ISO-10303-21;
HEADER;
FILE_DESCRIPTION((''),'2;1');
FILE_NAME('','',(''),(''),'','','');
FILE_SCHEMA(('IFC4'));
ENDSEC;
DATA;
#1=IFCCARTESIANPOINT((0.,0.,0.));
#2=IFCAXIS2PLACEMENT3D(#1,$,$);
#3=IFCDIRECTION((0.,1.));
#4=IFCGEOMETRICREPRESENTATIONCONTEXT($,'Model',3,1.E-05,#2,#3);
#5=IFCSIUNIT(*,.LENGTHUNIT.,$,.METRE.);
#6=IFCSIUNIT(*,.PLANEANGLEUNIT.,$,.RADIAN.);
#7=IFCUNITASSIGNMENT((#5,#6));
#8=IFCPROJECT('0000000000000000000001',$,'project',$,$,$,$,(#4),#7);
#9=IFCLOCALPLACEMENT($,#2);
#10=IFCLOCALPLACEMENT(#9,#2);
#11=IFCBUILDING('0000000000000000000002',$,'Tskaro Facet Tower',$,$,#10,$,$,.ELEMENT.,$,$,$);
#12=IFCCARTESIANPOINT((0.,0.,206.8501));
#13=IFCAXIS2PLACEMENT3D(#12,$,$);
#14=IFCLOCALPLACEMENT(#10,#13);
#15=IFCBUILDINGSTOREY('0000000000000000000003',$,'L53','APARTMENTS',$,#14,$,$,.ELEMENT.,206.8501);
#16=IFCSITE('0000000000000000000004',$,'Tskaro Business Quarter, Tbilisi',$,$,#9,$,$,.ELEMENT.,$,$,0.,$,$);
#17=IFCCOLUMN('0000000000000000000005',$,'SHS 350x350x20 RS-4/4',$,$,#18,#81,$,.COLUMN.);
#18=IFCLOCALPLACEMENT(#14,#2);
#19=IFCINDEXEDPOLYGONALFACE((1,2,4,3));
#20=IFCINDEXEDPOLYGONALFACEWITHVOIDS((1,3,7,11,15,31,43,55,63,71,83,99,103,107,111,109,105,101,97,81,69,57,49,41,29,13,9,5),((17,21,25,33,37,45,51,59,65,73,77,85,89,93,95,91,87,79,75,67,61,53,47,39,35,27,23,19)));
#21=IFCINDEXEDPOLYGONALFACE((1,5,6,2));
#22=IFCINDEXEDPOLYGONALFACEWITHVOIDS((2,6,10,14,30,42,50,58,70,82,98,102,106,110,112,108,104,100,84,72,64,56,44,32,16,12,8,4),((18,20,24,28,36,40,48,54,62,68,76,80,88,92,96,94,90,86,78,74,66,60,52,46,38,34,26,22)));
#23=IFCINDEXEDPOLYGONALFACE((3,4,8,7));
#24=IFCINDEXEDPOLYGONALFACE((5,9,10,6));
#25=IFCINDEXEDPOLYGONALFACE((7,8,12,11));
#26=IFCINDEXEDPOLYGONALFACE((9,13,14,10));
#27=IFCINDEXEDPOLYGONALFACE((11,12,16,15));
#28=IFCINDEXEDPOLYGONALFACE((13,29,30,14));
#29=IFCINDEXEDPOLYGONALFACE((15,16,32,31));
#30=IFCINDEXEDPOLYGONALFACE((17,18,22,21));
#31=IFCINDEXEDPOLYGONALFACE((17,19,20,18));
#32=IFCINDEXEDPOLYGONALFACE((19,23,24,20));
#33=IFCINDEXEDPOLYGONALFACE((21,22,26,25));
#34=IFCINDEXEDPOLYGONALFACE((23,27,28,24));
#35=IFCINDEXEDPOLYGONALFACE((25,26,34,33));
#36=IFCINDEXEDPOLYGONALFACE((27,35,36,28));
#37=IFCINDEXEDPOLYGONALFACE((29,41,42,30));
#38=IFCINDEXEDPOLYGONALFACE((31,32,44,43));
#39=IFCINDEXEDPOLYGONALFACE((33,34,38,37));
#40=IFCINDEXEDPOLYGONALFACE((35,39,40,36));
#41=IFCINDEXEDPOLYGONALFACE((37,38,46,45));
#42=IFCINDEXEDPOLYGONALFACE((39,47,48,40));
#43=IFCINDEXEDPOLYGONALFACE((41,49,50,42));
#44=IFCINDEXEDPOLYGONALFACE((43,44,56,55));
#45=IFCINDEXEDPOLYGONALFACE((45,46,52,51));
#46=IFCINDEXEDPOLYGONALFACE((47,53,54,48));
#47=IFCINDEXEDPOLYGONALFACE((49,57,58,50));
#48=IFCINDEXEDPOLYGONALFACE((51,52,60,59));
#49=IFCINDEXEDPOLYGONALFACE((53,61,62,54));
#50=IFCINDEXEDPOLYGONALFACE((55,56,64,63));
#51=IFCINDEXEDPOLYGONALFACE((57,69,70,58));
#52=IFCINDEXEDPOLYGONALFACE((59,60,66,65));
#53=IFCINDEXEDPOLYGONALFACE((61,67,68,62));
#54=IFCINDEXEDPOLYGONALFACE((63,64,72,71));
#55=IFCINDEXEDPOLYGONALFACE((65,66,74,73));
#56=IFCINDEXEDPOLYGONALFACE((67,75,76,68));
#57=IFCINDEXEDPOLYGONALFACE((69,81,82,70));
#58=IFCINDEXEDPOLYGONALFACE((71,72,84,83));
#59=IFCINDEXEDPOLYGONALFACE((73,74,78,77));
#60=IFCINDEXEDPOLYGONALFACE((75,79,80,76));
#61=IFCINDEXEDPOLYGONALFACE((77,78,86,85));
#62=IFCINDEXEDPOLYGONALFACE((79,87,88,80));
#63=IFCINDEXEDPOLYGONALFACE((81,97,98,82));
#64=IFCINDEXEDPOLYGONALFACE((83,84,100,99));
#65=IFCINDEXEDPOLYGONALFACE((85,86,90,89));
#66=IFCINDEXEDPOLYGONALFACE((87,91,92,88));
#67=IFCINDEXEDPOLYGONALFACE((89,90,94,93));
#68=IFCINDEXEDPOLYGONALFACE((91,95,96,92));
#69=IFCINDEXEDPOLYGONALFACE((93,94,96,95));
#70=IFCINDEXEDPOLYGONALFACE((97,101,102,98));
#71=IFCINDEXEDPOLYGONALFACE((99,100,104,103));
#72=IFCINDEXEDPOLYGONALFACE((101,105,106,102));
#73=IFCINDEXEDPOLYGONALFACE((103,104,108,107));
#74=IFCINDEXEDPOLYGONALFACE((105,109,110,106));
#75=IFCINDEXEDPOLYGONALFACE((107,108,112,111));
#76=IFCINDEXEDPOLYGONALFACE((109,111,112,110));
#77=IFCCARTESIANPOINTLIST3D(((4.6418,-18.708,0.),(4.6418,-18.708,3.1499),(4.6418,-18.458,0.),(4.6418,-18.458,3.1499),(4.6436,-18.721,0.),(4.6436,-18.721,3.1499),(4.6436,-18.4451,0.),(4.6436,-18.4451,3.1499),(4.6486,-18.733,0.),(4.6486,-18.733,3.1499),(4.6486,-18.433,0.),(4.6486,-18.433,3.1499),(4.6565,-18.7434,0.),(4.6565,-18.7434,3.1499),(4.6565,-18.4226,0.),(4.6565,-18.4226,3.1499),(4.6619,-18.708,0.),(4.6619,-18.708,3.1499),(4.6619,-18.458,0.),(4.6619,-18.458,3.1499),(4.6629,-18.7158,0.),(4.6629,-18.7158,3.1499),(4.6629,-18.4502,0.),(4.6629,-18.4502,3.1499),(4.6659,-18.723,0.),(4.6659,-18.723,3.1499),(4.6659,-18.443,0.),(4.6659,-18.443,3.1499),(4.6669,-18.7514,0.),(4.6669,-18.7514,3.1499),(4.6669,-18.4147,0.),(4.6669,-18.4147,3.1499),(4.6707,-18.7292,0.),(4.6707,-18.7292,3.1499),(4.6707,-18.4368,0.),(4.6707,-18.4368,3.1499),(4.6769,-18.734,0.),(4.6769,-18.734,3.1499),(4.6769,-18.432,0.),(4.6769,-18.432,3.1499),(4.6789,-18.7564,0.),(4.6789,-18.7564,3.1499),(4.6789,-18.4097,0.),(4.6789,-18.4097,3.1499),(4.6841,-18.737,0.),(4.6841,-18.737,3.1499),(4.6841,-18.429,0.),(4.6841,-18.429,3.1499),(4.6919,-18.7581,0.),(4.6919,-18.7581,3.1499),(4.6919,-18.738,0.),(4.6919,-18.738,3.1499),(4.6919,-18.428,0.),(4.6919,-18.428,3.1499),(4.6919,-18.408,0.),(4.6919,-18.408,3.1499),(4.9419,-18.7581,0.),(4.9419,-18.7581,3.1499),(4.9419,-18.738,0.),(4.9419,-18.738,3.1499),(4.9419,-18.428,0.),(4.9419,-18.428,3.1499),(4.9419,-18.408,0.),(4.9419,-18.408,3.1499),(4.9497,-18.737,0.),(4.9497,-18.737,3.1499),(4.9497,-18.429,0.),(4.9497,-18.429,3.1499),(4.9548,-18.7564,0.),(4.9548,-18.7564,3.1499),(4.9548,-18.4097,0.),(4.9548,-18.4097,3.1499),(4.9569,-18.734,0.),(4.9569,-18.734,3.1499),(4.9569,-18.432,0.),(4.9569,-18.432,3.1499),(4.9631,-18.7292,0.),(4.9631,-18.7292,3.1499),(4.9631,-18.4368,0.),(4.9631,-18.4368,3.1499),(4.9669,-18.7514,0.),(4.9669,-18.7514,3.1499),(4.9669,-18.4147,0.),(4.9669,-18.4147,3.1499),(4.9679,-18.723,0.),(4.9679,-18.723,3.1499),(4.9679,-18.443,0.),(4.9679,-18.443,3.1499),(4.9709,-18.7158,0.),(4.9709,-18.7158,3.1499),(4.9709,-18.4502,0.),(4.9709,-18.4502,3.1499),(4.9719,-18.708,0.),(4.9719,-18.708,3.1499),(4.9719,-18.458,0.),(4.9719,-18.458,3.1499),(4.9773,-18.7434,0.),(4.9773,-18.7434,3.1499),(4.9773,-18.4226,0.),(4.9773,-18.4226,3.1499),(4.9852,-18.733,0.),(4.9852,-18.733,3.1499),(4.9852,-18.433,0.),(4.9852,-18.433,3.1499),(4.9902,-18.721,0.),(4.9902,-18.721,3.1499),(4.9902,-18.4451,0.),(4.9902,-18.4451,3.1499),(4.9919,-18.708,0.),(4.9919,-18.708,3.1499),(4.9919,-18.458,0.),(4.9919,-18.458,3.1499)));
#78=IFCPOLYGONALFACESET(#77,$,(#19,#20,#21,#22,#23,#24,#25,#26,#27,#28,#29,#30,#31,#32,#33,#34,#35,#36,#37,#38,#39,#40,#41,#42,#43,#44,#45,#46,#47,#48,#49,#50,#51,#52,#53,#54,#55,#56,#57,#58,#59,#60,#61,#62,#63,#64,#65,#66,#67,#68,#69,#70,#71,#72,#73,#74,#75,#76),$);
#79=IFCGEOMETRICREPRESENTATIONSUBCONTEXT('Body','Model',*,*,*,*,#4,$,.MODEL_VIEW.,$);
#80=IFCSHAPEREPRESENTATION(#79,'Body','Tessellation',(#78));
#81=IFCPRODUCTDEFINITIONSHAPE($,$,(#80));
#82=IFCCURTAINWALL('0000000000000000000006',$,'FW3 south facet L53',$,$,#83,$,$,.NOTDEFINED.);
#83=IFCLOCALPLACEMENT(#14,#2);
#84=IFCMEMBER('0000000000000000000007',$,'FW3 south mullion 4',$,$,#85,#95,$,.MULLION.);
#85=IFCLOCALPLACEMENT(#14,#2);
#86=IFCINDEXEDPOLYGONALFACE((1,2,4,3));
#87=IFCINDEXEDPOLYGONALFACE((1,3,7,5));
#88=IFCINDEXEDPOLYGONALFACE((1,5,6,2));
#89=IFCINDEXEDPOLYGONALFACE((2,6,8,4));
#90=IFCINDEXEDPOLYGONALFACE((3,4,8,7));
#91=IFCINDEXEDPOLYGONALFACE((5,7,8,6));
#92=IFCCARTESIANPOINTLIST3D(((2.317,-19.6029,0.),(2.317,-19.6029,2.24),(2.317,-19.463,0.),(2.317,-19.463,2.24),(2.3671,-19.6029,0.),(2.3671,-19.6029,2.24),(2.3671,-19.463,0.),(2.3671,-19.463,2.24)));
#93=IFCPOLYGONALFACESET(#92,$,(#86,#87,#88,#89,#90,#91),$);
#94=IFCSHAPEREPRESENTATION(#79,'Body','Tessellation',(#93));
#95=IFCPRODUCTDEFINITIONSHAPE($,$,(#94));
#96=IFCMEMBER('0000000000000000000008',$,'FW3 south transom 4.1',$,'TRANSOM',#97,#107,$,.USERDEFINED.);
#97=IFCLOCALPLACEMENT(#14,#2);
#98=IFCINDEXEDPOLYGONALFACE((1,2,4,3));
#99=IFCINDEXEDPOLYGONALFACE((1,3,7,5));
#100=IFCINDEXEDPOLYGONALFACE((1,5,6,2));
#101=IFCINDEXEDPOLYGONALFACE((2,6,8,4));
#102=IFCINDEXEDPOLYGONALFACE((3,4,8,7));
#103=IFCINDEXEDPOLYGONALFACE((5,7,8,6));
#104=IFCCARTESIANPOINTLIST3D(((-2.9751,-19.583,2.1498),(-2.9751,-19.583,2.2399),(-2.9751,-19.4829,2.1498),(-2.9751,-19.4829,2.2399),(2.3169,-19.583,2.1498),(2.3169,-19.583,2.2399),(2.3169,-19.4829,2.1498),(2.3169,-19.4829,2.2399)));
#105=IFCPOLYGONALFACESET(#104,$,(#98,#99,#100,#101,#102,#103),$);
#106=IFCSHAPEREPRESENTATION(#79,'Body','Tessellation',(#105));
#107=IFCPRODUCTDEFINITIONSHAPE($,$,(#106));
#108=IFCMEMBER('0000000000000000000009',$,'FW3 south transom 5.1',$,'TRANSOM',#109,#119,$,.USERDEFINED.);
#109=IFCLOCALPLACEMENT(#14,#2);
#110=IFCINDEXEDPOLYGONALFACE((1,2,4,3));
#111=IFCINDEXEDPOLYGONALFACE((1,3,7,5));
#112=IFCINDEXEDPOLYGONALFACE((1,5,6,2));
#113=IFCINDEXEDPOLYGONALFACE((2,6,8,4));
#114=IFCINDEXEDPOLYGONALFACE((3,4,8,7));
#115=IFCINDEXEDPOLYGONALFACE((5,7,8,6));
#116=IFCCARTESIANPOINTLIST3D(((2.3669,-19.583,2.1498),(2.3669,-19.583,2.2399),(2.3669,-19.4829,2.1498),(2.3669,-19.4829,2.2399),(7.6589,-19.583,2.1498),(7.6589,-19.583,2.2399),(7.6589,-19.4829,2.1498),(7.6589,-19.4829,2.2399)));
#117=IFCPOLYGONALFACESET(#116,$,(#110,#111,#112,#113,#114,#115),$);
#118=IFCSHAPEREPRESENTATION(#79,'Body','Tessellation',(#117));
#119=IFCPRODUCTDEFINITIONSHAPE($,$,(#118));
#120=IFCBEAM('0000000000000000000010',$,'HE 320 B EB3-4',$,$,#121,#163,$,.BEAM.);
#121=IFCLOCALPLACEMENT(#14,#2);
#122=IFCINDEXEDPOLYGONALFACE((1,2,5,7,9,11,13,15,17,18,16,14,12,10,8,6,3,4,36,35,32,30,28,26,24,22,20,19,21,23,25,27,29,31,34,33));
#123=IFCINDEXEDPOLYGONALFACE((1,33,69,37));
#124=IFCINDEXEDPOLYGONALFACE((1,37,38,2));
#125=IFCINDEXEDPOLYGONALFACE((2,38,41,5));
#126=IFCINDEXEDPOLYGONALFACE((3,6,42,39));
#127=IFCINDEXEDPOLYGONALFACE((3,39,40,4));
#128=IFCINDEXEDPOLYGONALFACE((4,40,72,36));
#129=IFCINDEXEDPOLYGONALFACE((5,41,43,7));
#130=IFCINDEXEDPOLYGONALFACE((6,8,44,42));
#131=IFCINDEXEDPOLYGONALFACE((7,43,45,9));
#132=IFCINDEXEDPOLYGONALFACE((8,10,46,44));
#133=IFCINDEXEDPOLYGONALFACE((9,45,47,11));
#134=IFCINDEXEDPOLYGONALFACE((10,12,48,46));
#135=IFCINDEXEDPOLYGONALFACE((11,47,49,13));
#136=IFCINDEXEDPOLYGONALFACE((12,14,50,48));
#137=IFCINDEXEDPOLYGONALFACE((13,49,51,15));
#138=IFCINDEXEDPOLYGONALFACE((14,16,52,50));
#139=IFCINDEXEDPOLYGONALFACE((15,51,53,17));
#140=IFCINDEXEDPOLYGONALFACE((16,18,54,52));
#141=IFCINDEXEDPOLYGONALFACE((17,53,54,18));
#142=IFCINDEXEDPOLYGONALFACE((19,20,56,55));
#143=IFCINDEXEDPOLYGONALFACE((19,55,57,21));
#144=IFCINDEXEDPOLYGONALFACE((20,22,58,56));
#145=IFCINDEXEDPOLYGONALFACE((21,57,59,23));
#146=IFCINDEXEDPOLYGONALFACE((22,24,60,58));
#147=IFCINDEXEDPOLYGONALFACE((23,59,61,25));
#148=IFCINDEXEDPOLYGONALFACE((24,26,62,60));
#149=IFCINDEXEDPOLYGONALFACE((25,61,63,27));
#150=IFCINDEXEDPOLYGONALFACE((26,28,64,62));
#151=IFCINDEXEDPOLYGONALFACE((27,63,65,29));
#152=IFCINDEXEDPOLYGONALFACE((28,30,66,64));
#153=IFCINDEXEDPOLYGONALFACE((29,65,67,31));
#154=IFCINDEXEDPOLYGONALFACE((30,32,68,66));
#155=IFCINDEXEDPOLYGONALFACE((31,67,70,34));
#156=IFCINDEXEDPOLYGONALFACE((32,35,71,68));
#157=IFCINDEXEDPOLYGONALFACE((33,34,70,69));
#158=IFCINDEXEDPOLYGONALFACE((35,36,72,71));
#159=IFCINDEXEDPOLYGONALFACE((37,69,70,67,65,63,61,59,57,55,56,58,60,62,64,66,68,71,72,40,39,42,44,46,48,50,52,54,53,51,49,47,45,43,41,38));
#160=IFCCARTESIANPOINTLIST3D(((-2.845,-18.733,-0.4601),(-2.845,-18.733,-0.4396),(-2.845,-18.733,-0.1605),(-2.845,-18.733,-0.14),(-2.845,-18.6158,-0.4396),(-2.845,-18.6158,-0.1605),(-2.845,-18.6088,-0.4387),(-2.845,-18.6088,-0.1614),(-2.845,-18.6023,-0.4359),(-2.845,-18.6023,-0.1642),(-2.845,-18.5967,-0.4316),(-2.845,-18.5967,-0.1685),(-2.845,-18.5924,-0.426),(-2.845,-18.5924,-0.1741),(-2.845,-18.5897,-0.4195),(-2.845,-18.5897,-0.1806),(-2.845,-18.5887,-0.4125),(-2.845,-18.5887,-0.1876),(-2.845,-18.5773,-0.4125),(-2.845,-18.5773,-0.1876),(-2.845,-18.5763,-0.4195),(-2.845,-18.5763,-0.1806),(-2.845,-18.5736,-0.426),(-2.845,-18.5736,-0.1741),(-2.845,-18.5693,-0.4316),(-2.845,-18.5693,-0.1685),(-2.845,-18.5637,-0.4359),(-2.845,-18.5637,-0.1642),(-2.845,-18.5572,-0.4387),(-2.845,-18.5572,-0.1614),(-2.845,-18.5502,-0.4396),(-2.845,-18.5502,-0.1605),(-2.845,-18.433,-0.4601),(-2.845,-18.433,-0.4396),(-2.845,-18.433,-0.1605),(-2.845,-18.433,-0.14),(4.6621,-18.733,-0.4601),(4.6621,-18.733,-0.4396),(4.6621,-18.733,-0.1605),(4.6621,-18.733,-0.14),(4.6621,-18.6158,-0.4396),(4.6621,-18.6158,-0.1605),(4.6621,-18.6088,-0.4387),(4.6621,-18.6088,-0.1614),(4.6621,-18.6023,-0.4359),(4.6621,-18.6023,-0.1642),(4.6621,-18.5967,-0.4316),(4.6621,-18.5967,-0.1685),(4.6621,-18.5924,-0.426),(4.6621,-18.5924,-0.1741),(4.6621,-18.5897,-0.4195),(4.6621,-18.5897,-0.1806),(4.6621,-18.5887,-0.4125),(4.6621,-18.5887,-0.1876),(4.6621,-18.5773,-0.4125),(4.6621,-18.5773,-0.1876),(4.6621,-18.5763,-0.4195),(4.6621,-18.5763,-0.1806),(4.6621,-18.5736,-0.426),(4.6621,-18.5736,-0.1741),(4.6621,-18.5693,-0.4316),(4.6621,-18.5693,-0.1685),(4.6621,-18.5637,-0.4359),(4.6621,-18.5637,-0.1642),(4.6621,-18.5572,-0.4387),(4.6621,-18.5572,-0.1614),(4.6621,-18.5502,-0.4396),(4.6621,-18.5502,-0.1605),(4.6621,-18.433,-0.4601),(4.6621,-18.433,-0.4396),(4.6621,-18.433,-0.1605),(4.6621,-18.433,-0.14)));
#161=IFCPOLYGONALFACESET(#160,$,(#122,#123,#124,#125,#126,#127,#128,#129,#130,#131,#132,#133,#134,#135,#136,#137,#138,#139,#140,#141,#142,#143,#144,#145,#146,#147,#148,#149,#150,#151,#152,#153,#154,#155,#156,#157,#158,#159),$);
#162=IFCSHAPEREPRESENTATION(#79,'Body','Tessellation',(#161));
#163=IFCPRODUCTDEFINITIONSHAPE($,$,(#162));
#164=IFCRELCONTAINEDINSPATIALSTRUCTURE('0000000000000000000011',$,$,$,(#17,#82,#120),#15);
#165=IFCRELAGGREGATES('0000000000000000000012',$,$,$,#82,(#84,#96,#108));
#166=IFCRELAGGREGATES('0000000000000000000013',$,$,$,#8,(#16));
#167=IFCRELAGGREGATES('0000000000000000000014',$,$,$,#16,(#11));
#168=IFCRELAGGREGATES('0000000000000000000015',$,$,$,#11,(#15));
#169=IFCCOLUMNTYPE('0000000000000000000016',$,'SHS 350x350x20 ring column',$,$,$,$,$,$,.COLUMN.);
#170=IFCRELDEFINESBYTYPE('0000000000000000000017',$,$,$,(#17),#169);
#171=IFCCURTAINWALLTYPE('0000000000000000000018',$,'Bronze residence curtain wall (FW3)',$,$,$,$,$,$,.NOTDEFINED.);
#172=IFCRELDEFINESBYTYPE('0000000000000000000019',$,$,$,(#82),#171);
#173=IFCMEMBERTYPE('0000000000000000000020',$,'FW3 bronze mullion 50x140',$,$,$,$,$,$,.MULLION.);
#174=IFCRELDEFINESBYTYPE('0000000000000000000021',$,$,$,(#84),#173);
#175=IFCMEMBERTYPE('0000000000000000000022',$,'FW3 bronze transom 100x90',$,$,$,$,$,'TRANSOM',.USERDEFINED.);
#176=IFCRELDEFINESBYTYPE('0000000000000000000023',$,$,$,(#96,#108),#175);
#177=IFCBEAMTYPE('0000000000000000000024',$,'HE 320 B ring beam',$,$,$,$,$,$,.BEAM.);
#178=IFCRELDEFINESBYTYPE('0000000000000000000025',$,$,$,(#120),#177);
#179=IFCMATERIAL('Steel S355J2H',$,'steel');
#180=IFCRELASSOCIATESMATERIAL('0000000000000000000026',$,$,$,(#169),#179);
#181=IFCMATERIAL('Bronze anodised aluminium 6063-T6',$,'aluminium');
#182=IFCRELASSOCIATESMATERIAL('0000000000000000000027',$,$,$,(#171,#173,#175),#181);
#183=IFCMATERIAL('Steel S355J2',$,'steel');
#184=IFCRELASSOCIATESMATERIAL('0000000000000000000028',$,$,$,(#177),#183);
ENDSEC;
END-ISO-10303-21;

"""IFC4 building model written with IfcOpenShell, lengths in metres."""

from ifc_helpers import new_model, si_unit, direction, frame, origin, origin_2d, place, context, subcontext, project, spatial, rectangle, hollow_rectangle, i_section, extrude, material, material_profile, profile_set, type_object, element, aggregate, save


model = new_model("IFC4")

# Units and contexts
model_context = context("Model", 3, precision=1e-05, world=origin(), true_north=direction((0.0, 1.0)))
body_context = subcontext(model_context, "Body", "Model", "MODEL_VIEW")
ifc_project = project(units=[si_unit("LENGTHUNIT", "METRE"), si_unit("PLANEANGLEUNIT", "RADIAN")], contexts=[model_context])

# Site, building, storey
site_placement = place(None, origin())
site = spatial("IfcSite", under=ifc_project, at=site_placement, Name="Tskaro Business Quarter, Tbilisi", CompositionType="ELEMENT", RefElevation=0.0)
building_placement = place(site_placement, origin())
building = spatial("IfcBuilding", under=site, at=building_placement, Name="Tskaro Facet Tower", CompositionType="ELEMENT")
storey_placement = place(building_placement, frame((0.0, 0.0, 206.8501)))
storey = spatial("IfcBuildingStorey", under=building, at=storey_placement, Name="L53", Description="APARTMENTS", CompositionType="ELEMENT", Elevation=206.8501)

# Column
ifc_material_1 = material(Name="Steel S355J2H", Category="steel")
ifc_material_profile_1 = material_profile(ifc_material_1, hollow_rectangle(XDim=0.3501, YDim=0.3501, WallThickness=0.02, InnerFilletRadius=0.03, OuterFilletRadius=0.05, at=origin_2d()), Name="SHS 350x350x20")
ifc_profile_set_1 = profile_set([ifc_material_profile_1], Name="Steel S355J2H")
column_type = type_object("IfcColumnType", Name="SHS 350x350x20 ring column", PredefinedType="COLUMN", material=ifc_profile_set_1)
column_placement = place(storey_placement, frame((4.8169, -18.583, 0.0), z_axis=(0.0, 0.0, 1.0), x_axis=(1.0, 0.0, 0.0)))
element("IfcColumn", 1, at=column_placement, inside=storey, type_object=column_type, Name="SHS 350x350x20 RS-4/4", PredefinedType="COLUMN", context=body_context, shape_type="SweptSolid", body=[
    extrude(hollow_rectangle(XDim=0.3501, YDim=0.3501, WallThickness=0.02, InnerFilletRadius=0.03, OuterFilletRadius=0.05, at=origin_2d()), origin(), (0.0, 0.0, 1.0), 3.1499),
])

# Curtain wall, members
ifc_material_2 = material(Name="Bronze anodised aluminium 6063-T6", Category="aluminium")
curtain_wall_type = type_object("IfcCurtainWallType", Name="Bronze residence curtain wall (FW3)", PredefinedType="NOTDEFINED", material=ifc_material_2)
curtain_wall_placement = place(storey_placement, origin())
curtain_wall = element("IfcCurtainWall", 2, at=curtain_wall_placement, inside=storey, type_object=curtain_wall_type, Name="FW3 south facet L53", PredefinedType="NOTDEFINED")
ifc_material_profile_2 = material_profile(ifc_material_2, rectangle(XDim=0.05, YDim=0.1399, at=origin_2d()), Name="Mullion 50x140")
ifc_profile_set_2 = profile_set([ifc_material_profile_2], Name="Bronze anodised aluminium 6063-T6")
member_type_1 = type_object("IfcMemberType", Name="FW3 bronze mullion 50x140", PredefinedType="MULLION", material=ifc_profile_set_2)
member_1_placement = place(storey_placement, frame((2.342, -19.533, 0.0), z_axis=(0.0, 0.0, 1.0), x_axis=(1.0, 0.0, 0.0)))
member_1 = element("IfcMember", 3, at=member_1_placement, type_object=member_type_1, Name="FW3 south mullion 4", PredefinedType="MULLION", context=body_context, shape_type="SweptSolid", body=[
    extrude(rectangle(XDim=0.05, YDim=0.1399, at=origin_2d()), origin(), (0.0, 0.0, 1.0), 2.24),
])
ifc_material_profile_3 = material_profile(ifc_material_2, rectangle(XDim=0.1001, YDim=0.0901, at=origin_2d()), Name="Transom 100x90")
ifc_profile_set_3 = profile_set([ifc_material_profile_3], Name="Bronze anodised aluminium 6063-T6")
member_type_2 = type_object("IfcMemberType", Name="FW3 bronze transom 100x90", ElementType="TRANSOM", PredefinedType="USERDEFINED", material=ifc_profile_set_3)
member_2_placement = place(storey_placement, frame((-2.9751, -19.533, 2.1948), z_axis=(1.0, 0.0, 0.0), x_axis=(0.0, 1.0, 0.0)))
member_2 = element("IfcMember", 4, at=member_2_placement, type_object=member_type_2, Name="FW3 south transom 4.1", ObjectType="TRANSOM", PredefinedType="USERDEFINED", context=body_context, shape_type="SweptSolid", body=[
    extrude(rectangle(XDim=0.1001, YDim=0.0901, at=origin_2d()), origin(), (0.0, 0.0, 1.0), 5.292),
])
member_3_placement = place(storey_placement, frame((2.3669, -19.533, 2.1948), z_axis=(1.0, 0.0, 0.0), x_axis=(0.0, 1.0, 0.0)))
member_3 = element("IfcMember", 5, at=member_3_placement, type_object=member_type_2, Name="FW3 south transom 5.1", ObjectType="TRANSOM", PredefinedType="USERDEFINED", context=body_context, shape_type="SweptSolid", body=[
    extrude(rectangle(XDim=0.1001, YDim=0.0901, at=origin_2d()), origin(), (0.0, 0.0, 1.0), 5.292),
])

# Beam
ifc_material_3 = material(Name="Steel S355J2", Category="steel")
ifc_material_profile_4 = material_profile(ifc_material_3, i_section(OverallWidth=0.3, OverallDepth=0.3201, WebThickness=0.0115, FlangeThickness=0.0205, FilletRadius=0.0271, at=origin_2d()), Name="HE 320 B")
ifc_profile_set_4 = profile_set([ifc_material_profile_4], Name="Steel S355J2")
beam_type_1 = type_object("IfcBeamType", Name="HE 320 B ring beam", PredefinedType="BEAM", material=ifc_profile_set_4)
beam_1_placement = place(storey_placement, frame((-2.845, -18.583, -0.3), z_axis=(1.0, 0.0, 0.0), x_axis=(0.0, 1.0, 0.0)))
element("IfcBeam", 6, at=beam_1_placement, inside=storey, type_object=beam_type_1, Name="HE 320 B EB3-4", PredefinedType="BEAM", context=body_context, shape_type="SweptSolid", body=[
    extrude(i_section(OverallWidth=0.3, OverallDepth=0.3201, WebThickness=0.0115, FlangeThickness=0.0205, FilletRadius=0.0271, at=origin_2d()), origin(), (0.0, 0.0, 1.0), 7.5071),
])

aggregate(curtain_wall, [member_1, member_2, member_3])

save(model, "model.ifc")
